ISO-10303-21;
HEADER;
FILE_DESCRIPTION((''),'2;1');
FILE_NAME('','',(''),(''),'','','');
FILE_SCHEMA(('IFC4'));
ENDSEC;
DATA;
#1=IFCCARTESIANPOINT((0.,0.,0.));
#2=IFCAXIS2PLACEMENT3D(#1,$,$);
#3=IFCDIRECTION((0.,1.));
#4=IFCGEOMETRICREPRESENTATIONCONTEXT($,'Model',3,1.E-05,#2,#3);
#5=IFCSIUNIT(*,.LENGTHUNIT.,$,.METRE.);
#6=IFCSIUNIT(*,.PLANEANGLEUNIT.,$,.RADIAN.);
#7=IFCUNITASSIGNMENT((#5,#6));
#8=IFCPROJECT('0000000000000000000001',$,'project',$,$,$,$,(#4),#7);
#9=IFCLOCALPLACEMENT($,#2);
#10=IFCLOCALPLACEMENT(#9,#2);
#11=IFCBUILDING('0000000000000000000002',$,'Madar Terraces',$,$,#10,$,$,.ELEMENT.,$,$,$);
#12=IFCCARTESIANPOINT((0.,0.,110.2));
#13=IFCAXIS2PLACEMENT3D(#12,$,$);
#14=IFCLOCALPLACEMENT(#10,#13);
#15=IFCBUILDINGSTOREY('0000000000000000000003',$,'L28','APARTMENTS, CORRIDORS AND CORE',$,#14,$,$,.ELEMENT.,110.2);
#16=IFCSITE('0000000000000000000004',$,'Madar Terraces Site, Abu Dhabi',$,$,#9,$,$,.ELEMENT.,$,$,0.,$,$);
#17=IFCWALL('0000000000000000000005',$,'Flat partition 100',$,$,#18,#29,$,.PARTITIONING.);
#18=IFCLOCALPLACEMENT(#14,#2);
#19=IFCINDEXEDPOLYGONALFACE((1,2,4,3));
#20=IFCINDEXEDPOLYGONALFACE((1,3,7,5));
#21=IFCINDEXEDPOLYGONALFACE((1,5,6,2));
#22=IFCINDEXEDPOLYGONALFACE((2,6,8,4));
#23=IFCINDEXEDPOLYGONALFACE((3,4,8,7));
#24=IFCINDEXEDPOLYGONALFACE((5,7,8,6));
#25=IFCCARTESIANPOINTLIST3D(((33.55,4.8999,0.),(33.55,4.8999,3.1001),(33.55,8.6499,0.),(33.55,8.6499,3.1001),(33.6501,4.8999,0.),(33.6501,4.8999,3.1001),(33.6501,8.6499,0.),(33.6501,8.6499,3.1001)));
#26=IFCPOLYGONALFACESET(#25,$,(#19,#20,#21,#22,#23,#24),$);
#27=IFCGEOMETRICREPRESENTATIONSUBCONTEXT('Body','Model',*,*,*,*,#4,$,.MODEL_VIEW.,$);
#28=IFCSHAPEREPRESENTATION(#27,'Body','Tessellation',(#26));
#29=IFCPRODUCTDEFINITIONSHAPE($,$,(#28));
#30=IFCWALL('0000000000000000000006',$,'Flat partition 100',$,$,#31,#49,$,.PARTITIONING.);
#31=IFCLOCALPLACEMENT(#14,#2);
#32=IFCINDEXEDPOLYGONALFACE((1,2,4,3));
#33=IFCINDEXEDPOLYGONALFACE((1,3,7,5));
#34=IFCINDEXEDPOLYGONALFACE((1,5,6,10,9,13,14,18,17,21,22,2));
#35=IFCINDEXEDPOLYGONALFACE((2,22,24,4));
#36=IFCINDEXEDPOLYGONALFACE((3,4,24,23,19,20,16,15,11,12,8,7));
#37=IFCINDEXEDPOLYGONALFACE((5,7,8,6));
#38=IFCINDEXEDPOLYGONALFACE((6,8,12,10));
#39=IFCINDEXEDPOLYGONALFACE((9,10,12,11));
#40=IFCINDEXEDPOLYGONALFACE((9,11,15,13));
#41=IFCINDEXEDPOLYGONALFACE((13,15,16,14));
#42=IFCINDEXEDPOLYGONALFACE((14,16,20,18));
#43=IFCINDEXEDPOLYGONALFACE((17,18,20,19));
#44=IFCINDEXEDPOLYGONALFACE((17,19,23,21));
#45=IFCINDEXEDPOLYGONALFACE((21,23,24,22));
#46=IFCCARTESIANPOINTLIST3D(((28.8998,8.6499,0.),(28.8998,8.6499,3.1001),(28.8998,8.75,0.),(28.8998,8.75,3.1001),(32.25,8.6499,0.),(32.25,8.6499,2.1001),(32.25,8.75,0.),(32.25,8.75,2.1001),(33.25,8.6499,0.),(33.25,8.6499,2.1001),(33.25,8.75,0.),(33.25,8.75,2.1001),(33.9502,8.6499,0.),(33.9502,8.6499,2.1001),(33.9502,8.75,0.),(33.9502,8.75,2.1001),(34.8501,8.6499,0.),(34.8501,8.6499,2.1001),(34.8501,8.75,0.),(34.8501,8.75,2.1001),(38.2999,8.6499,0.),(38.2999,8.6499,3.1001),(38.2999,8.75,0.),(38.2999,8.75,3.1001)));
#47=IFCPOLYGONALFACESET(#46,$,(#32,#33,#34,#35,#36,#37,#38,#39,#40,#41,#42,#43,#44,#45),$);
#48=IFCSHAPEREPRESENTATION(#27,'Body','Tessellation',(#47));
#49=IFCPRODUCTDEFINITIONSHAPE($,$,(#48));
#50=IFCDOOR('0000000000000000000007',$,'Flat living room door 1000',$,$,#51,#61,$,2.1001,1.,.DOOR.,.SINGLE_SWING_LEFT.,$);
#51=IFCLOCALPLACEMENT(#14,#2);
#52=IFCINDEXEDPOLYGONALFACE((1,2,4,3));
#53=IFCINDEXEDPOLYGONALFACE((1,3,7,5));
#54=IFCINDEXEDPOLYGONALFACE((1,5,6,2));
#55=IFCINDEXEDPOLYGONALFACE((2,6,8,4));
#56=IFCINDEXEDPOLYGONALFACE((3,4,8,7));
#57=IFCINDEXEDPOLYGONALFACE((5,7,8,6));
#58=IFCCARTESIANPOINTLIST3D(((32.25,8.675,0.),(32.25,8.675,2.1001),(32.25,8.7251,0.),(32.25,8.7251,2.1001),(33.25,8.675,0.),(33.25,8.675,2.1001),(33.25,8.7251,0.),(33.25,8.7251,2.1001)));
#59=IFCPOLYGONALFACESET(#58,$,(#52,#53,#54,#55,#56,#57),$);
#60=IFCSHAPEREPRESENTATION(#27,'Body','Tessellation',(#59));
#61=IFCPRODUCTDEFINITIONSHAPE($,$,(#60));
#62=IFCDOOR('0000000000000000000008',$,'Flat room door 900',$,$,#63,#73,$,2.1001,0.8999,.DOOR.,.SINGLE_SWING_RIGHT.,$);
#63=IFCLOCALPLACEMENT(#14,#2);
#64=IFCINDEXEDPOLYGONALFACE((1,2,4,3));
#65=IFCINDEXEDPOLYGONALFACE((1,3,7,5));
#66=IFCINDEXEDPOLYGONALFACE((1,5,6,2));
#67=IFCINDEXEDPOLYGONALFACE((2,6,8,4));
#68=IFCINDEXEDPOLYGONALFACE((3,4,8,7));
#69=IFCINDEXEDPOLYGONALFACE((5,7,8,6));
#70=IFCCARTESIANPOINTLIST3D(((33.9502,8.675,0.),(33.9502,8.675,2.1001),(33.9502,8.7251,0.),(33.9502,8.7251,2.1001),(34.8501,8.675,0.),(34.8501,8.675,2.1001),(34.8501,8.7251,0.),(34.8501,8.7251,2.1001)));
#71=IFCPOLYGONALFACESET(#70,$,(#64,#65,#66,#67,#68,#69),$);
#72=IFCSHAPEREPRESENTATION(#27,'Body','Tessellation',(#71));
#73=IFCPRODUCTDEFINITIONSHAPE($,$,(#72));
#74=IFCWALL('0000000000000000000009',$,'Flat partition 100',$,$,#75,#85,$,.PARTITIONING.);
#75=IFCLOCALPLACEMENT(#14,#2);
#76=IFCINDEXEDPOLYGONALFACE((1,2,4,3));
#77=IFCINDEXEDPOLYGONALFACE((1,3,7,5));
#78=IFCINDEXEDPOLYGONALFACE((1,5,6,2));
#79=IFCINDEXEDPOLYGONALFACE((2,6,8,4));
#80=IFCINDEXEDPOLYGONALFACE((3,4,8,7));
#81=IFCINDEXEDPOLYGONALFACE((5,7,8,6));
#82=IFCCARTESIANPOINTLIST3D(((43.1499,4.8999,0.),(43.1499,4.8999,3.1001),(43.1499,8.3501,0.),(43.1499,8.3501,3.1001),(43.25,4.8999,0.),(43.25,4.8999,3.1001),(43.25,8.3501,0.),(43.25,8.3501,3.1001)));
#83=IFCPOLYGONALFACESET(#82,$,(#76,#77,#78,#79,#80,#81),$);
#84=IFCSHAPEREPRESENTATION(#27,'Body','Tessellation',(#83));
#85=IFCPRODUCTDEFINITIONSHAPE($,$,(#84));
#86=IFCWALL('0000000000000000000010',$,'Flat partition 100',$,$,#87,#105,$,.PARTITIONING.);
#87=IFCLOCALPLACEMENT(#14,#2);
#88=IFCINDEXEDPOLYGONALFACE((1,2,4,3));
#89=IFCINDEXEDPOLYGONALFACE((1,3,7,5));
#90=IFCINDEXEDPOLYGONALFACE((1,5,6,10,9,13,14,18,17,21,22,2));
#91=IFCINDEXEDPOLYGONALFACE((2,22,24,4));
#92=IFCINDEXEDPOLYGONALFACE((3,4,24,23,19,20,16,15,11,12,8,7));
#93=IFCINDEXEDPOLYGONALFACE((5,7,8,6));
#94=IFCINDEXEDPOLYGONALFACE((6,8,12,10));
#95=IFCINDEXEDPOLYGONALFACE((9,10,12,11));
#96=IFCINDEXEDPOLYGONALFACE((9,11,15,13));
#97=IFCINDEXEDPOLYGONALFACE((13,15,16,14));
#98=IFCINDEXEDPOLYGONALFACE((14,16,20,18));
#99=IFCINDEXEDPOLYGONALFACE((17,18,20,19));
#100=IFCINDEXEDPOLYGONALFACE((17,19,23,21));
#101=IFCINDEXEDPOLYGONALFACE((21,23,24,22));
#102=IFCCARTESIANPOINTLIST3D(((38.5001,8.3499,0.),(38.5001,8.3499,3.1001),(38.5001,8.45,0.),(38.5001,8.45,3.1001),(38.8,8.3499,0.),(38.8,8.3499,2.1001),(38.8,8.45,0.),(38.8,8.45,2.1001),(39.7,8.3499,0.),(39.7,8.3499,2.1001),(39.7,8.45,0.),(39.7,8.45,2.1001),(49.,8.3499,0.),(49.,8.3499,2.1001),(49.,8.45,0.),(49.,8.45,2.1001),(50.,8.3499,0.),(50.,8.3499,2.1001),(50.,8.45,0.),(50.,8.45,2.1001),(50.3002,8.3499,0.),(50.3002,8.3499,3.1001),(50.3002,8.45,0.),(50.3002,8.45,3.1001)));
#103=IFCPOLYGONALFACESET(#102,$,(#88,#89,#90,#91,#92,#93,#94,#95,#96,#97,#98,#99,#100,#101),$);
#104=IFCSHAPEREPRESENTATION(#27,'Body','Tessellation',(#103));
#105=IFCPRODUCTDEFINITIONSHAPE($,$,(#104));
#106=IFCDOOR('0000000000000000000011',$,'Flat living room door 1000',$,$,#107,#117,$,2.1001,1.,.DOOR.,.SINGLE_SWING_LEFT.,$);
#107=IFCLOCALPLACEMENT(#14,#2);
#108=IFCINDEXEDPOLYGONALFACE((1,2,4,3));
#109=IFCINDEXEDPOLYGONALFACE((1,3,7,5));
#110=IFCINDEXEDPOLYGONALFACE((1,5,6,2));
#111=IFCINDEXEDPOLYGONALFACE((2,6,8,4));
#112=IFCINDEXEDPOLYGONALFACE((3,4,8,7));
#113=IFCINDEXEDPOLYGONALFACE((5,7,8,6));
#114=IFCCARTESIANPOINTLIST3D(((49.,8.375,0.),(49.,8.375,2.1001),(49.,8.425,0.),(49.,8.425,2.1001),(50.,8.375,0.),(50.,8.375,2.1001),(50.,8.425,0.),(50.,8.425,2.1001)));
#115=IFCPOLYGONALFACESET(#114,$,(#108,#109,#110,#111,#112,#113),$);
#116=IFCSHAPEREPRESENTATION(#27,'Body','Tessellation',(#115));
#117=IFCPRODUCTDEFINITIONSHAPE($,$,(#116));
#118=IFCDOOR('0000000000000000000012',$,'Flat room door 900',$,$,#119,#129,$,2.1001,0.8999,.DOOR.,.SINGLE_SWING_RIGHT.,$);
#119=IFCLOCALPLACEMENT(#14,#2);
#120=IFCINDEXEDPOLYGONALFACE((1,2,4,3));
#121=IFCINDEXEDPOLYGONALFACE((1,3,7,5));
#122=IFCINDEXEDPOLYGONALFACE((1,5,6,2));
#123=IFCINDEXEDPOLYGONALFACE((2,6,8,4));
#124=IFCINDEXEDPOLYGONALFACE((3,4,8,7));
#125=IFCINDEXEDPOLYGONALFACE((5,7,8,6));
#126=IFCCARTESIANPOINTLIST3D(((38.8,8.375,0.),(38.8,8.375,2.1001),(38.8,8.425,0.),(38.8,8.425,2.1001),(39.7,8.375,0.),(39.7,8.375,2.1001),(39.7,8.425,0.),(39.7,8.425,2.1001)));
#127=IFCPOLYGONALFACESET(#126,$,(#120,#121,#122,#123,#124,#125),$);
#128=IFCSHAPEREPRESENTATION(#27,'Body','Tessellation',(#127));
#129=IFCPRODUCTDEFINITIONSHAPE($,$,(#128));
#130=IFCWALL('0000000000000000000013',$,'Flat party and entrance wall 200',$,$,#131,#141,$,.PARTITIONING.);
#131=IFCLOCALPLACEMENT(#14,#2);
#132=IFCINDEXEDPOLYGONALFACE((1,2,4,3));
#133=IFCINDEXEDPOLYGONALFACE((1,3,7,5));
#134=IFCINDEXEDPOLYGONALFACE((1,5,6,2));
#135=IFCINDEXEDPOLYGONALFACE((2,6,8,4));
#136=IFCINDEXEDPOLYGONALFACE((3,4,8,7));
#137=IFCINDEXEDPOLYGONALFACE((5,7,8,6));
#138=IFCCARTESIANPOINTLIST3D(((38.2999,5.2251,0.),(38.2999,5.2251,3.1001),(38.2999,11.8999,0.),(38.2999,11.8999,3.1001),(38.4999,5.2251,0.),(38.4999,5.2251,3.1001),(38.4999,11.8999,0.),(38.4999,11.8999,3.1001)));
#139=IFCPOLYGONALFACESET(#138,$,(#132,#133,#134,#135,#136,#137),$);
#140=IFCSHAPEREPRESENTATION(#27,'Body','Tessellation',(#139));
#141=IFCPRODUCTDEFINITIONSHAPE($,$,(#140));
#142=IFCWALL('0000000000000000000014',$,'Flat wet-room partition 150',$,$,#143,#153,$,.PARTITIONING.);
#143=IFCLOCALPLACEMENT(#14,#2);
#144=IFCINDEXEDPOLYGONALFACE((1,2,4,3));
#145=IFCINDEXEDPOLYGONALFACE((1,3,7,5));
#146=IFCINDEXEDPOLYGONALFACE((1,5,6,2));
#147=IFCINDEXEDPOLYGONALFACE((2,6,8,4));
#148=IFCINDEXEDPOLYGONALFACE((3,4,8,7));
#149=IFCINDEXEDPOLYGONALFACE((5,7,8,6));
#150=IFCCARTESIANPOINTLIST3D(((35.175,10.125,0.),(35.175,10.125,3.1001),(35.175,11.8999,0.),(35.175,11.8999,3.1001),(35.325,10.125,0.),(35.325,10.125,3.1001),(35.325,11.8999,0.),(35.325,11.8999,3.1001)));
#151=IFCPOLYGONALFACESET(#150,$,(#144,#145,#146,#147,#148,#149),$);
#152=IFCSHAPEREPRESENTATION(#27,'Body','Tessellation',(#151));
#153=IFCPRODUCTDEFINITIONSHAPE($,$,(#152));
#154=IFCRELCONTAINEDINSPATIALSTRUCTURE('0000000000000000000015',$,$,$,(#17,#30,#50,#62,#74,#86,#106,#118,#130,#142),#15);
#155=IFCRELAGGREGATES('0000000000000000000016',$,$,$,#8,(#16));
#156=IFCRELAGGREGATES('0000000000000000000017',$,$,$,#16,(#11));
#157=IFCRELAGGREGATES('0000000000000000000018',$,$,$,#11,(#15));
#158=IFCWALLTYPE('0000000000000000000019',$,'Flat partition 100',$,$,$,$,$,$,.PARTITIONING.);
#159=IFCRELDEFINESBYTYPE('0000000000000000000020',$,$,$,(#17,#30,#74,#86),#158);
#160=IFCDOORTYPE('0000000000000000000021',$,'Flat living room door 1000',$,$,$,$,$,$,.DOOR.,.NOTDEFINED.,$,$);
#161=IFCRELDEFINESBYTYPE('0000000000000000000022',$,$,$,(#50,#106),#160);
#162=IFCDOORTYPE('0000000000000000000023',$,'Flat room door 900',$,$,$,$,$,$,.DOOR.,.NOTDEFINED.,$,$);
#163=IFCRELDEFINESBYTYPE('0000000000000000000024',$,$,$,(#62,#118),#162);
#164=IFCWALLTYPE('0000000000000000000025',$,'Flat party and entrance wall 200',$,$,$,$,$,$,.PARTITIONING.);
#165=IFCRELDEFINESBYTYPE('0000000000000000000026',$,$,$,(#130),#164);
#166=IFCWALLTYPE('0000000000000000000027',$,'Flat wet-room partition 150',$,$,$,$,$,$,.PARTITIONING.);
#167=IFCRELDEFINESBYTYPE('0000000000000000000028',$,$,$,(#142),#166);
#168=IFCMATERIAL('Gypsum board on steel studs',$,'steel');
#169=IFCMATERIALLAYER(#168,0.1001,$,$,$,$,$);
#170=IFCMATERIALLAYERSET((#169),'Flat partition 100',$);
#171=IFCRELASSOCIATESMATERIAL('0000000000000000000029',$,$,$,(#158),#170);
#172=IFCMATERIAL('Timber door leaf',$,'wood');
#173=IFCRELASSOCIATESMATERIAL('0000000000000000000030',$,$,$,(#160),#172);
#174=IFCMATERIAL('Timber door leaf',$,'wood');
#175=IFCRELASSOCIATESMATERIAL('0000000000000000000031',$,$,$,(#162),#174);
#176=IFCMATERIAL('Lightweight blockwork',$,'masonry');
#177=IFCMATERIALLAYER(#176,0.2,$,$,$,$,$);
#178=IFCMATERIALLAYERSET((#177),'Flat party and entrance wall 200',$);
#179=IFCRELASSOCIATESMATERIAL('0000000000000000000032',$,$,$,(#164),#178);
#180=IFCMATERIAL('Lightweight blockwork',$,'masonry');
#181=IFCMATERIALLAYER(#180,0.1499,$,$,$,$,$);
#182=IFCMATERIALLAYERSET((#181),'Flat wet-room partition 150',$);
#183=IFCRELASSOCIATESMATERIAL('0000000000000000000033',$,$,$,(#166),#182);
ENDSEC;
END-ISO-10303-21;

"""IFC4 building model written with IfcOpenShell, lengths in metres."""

from ifc_helpers import new_model, si_unit, direction, frame, frame_2d, origin, place, context, subcontext, project, spatial, rectangle, extrude, material, layer, layer_set, type_object, element, fill, save


model = new_model("IFC4")

# Units and contexts
model_context = context("Model", 3, precision=1e-05, world=origin(), true_north=direction((0.0, 1.0)))
body_context = subcontext(model_context, "Body", "Model", "MODEL_VIEW")
ifc_project = project(units=[si_unit("LENGTHUNIT", "METRE"), si_unit("PLANEANGLEUNIT", "RADIAN")], contexts=[model_context])

# Site, building, storey
site_placement = place(None, origin())
site = spatial("IfcSite", under=ifc_project, at=site_placement, Name="Madar Terraces Site, Abu Dhabi", CompositionType="ELEMENT", RefElevation=0.0)
building_placement = place(site_placement, origin())
building = spatial("IfcBuilding", under=site, at=building_placement, Name="Madar Terraces", CompositionType="ELEMENT")
storey_placement = place(building_placement, frame((0.0, 0.0, 110.2)))
storey = spatial("IfcBuildingStorey", under=building, at=storey_placement, Name="L28", Description="APARTMENTS, CORRIDORS AND CORE", CompositionType="ELEMENT", Elevation=110.2)

# Wall
ifc_material_1 = material(Name="Gypsum board on steel studs", Category="steel")
ifc_layer_1 = layer(ifc_material_1, 0.1001)
ifc_layer_set_1 = layer_set([ifc_layer_1], Name="Flat partition 100")
wall_type_1 = type_object("IfcWallType", Name="Flat partition 100", PredefinedType="PARTITIONING", material=ifc_layer_set_1)
wall_1_placement = place(storey_placement, frame((33.6001, 8.6499, 0.0), z_axis=(0.0, 0.0, 1.0), x_axis=(0.0, -1.0, 0.0)))
element("IfcWall", 1, at=wall_1_placement, inside=storey, type_object=wall_type_1, Name="Flat partition 100", PredefinedType="PARTITIONING", context=body_context, shape_type="SweptSolid", body=[
    extrude(rectangle(XDim=3.75, YDim=0.1001, at=frame_2d((1.875, 0.0))), origin(), (0.0, 0.0, 1.0), 3.1001),
])

# Wall, openings, doors
wall_2_placement = place(storey_placement, frame((38.3, 8.7, 0.0), z_axis=(0.0, 0.0, 1.0), x_axis=(-1.0, 0.0, 0.0)))
wall_2 = element("IfcWall", 2, at=wall_2_placement, inside=storey, type_object=wall_type_1, Name="Flat partition 100", PredefinedType="PARTITIONING", context=body_context, shape_type="SweptSolid", body=[
    extrude(rectangle(XDim=9.4001, YDim=0.1001, at=frame_2d((4.7002, 0.0))), origin(), (0.0, 0.0, 1.0), 3.1001),
])
opening_1_placement = place(wall_2_placement, frame((5.05, 0.0, 0.0)))
opening_1 = element("IfcOpeningElement", 3, at=opening_1_placement, cuts=wall_2, PredefinedType="OPENING", context=body_context, shape_type="SweptSolid", body=[
    extrude(rectangle(XDim=1.0, YDim=2.1001, at=frame_2d((0.5, 1.05))), frame((0.0, 0.0601, 0.0), z_axis=(0.0, -1.0, 0.0), x_axis=(1.0, 0.0, 0.0)), (0.0, 0.0, 1.0), 0.1201),
])
opening_2_placement = place(wall_2_placement, frame((3.45, 0.0, 0.0)))
opening_2 = element("IfcOpeningElement", 4, at=opening_2_placement, cuts=wall_2, PredefinedType="OPENING", context=body_context, shape_type="SweptSolid", body=[
    extrude(rectangle(XDim=0.8999, YDim=2.1001, at=frame_2d((0.45, 1.05))), frame((0.0, 0.0601, 0.0), z_axis=(0.0, -1.0, 0.0), x_axis=(1.0, 0.0, 0.0)), (0.0, 0.0, 1.0), 0.1201),
])
ifc_material_2 = material(Name="Timber door leaf", Category="wood")
door_type_1 = type_object("IfcDoorType", Name="Flat living room door 1000", OperationType="NOTDEFINED", PredefinedType="DOOR", material=ifc_material_2)
door_1_placement = place(opening_1_placement, origin())
door_1 = element("IfcDoor", 5, at=door_1_placement, inside=storey, type_object=door_type_1, Name="Flat living room door 1000", OperationType="SINGLE_SWING_LEFT", OverallHeight=2.1001, OverallWidth=1.0, PredefinedType="DOOR", context=body_context, shape_type="SweptSolid", body=[
    extrude(rectangle(XDim=1.0, YDim=2.1001, at=frame_2d((0.5, 1.05))), frame((0.0, 0.0249, 0.0), z_axis=(0.0, -1.0, 0.0), x_axis=(1.0, 0.0, 0.0)), (0.0, 0.0, 1.0), 0.05),
])
fill(opening_1, door_1)
ifc_material_3 = material(Name="Timber door leaf", Category="wood")
door_type_2 = type_object("IfcDoorType", Name="Flat room door 900", OperationType="NOTDEFINED", PredefinedType="DOOR", material=ifc_material_3)
door_2_placement = place(opening_2_placement, origin())
door_2 = element("IfcDoor", 6, at=door_2_placement, inside=storey, type_object=door_type_2, Name="Flat room door 900", OperationType="SINGLE_SWING_RIGHT", OverallHeight=2.1001, OverallWidth=0.8999, PredefinedType="DOOR", context=body_context, shape_type="SweptSolid", body=[
    extrude(rectangle(XDim=0.8999, YDim=2.1001, at=frame_2d((0.45, 1.05))), frame((0.0, 0.0249, 0.0), z_axis=(0.0, -1.0, 0.0), x_axis=(1.0, 0.0, 0.0)), (0.0, 0.0, 1.0), 0.05),
])
fill(opening_2, door_2)

# Wall
wall_3_placement = place(storey_placement, frame((43.2, 8.3501, 0.0), z_axis=(0.0, 0.0, 1.0), x_axis=(0.0, -1.0, 0.0)))
element("IfcWall", 7, at=wall_3_placement, inside=storey, type_object=wall_type_1, Name="Flat partition 100", PredefinedType="PARTITIONING", context=body_context, shape_type="SweptSolid", body=[
    extrude(rectangle(XDim=3.4502, YDim=0.1001, at=frame_2d((1.7251, 0.0))), origin(), (0.0, 0.0, 1.0), 3.1001),
])

# Wall, openings, doors
wall_4_placement = place(storey_placement, frame((50.3, 8.3999, 0.0), z_axis=(0.0, 0.0, 1.0), x_axis=(-1.0, 0.0, 0.0)))
wall_4 = element("IfcWall", 8, at=wall_4_placement, inside=storey, type_object=wall_type_1, Name="Flat partition 100", PredefinedType="PARTITIONING", context=body_context, shape_type="SweptSolid", body=[
    extrude(rectangle(XDim=11.8, YDim=0.1001, at=frame_2d((5.8999, 0.0))), origin(), (0.0, 0.0, 1.0), 3.1001),
])
opening_3_placement = place(wall_4_placement, frame((0.3, 0.0, 0.0)))
opening_3 = element("IfcOpeningElement", 9, at=opening_3_placement, cuts=wall_4, PredefinedType="OPENING", context=body_context, shape_type="SweptSolid", body=[
    extrude(rectangle(XDim=1.0, YDim=2.1001, at=frame_2d((0.5, 1.05))), frame((0.0, 0.0601, 0.0), z_axis=(0.0, -1.0, 0.0), x_axis=(1.0, 0.0, 0.0)), (0.0, 0.0, 1.0), 0.1201),
])
opening_4_placement = place(wall_4_placement, frame((10.6001, 0.0, 0.0)))
opening_4 = element("IfcOpeningElement", 10, at=opening_4_placement, cuts=wall_4, PredefinedType="OPENING", context=body_context, shape_type="SweptSolid", body=[
    extrude(rectangle(XDim=0.8999, YDim=2.1001, at=frame_2d((0.45, 1.05))), frame((0.0, 0.0601, 0.0), z_axis=(0.0, -1.0, 0.0), x_axis=(1.0, 0.0, 0.0)), (0.0, 0.0, 1.0), 0.1201),
])
door_3_placement = place(opening_3_placement, origin())
door_3 = element("IfcDoor", 11, at=door_3_placement, inside=storey, type_object=door_type_1, Name="Flat living room door 1000", OperationType="SINGLE_SWING_LEFT", OverallHeight=2.1001, OverallWidth=1.0, PredefinedType="DOOR", context=body_context, shape_type="SweptSolid", body=[
    extrude(rectangle(XDim=1.0, YDim=2.1001, at=frame_2d((0.5, 1.05))), frame((0.0, 0.0249, 0.0), z_axis=(0.0, -1.0, 0.0), x_axis=(1.0, 0.0, 0.0)), (0.0, 0.0, 1.0), 0.05),
])
fill(opening_3, door_3)
door_4_placement = place(opening_4_placement, origin())
door_4 = element("IfcDoor", 12, at=door_4_placement, inside=storey, type_object=door_type_2, Name="Flat room door 900", OperationType="SINGLE_SWING_RIGHT", OverallHeight=2.1001, OverallWidth=0.8999, PredefinedType="DOOR", context=body_context, shape_type="SweptSolid", body=[
    extrude(rectangle(XDim=0.8999, YDim=2.1001, at=frame_2d((0.45, 1.05))), frame((0.0, 0.0249, 0.0), z_axis=(0.0, -1.0, 0.0), x_axis=(1.0, 0.0, 0.0)), (0.0, 0.0, 1.0), 0.05),
])
fill(opening_4, door_4)

# Walls
ifc_material_4 = material(Name="Lightweight blockwork", Category="masonry")
ifc_layer_2 = layer(ifc_material_4, 0.2)
ifc_layer_set_2 = layer_set([ifc_layer_2], Name="Flat party and entrance wall 200")
wall_type_2 = type_object("IfcWallType", Name="Flat party and entrance wall 200", PredefinedType="PARTITIONING", material=ifc_layer_set_2)
wall_5_placement = place(storey_placement, frame((38.3999, 11.8999, 0.0), z_axis=(0.0, 0.0, 1.0), x_axis=(0.0, -1.0, 0.0)))
element("IfcWall", 13, at=wall_5_placement, inside=storey, type_object=wall_type_2, Name="Flat party and entrance wall 200", PredefinedType="PARTITIONING", context=body_context, shape_type="SweptSolid", body=[
    extrude(rectangle(XDim=6.6748, YDim=0.2, at=frame_2d((3.3374, 0.0))), origin(), (0.0, 0.0, 1.0), 3.1001),
])
ifc_material_5 = material(Name="Lightweight blockwork", Category="masonry")
ifc_layer_3 = layer(ifc_material_5, 0.1499)
ifc_layer_set_3 = layer_set([ifc_layer_3], Name="Flat wet-room partition 150")
wall_type_3 = type_object("IfcWallType", Name="Flat wet-room partition 150", PredefinedType="PARTITIONING", material=ifc_layer_set_3)
wall_6_placement = place(storey_placement, frame((35.25, 11.8999, 0.0), z_axis=(0.0, 0.0, 1.0), x_axis=(0.0, -1.0, 0.0)))
element("IfcWall", 14, at=wall_6_placement, inside=storey, type_object=wall_type_3, Name="Flat wet-room partition 150", PredefinedType="PARTITIONING", context=body_context, shape_type="SweptSolid", body=[
    extrude(rectangle(XDim=1.7749, YDim=0.1499, at=frame_2d((0.8875, 0.0))), origin(), (0.0, 0.0, 1.0), 3.1001),
])

save(model, "model.ifc")
